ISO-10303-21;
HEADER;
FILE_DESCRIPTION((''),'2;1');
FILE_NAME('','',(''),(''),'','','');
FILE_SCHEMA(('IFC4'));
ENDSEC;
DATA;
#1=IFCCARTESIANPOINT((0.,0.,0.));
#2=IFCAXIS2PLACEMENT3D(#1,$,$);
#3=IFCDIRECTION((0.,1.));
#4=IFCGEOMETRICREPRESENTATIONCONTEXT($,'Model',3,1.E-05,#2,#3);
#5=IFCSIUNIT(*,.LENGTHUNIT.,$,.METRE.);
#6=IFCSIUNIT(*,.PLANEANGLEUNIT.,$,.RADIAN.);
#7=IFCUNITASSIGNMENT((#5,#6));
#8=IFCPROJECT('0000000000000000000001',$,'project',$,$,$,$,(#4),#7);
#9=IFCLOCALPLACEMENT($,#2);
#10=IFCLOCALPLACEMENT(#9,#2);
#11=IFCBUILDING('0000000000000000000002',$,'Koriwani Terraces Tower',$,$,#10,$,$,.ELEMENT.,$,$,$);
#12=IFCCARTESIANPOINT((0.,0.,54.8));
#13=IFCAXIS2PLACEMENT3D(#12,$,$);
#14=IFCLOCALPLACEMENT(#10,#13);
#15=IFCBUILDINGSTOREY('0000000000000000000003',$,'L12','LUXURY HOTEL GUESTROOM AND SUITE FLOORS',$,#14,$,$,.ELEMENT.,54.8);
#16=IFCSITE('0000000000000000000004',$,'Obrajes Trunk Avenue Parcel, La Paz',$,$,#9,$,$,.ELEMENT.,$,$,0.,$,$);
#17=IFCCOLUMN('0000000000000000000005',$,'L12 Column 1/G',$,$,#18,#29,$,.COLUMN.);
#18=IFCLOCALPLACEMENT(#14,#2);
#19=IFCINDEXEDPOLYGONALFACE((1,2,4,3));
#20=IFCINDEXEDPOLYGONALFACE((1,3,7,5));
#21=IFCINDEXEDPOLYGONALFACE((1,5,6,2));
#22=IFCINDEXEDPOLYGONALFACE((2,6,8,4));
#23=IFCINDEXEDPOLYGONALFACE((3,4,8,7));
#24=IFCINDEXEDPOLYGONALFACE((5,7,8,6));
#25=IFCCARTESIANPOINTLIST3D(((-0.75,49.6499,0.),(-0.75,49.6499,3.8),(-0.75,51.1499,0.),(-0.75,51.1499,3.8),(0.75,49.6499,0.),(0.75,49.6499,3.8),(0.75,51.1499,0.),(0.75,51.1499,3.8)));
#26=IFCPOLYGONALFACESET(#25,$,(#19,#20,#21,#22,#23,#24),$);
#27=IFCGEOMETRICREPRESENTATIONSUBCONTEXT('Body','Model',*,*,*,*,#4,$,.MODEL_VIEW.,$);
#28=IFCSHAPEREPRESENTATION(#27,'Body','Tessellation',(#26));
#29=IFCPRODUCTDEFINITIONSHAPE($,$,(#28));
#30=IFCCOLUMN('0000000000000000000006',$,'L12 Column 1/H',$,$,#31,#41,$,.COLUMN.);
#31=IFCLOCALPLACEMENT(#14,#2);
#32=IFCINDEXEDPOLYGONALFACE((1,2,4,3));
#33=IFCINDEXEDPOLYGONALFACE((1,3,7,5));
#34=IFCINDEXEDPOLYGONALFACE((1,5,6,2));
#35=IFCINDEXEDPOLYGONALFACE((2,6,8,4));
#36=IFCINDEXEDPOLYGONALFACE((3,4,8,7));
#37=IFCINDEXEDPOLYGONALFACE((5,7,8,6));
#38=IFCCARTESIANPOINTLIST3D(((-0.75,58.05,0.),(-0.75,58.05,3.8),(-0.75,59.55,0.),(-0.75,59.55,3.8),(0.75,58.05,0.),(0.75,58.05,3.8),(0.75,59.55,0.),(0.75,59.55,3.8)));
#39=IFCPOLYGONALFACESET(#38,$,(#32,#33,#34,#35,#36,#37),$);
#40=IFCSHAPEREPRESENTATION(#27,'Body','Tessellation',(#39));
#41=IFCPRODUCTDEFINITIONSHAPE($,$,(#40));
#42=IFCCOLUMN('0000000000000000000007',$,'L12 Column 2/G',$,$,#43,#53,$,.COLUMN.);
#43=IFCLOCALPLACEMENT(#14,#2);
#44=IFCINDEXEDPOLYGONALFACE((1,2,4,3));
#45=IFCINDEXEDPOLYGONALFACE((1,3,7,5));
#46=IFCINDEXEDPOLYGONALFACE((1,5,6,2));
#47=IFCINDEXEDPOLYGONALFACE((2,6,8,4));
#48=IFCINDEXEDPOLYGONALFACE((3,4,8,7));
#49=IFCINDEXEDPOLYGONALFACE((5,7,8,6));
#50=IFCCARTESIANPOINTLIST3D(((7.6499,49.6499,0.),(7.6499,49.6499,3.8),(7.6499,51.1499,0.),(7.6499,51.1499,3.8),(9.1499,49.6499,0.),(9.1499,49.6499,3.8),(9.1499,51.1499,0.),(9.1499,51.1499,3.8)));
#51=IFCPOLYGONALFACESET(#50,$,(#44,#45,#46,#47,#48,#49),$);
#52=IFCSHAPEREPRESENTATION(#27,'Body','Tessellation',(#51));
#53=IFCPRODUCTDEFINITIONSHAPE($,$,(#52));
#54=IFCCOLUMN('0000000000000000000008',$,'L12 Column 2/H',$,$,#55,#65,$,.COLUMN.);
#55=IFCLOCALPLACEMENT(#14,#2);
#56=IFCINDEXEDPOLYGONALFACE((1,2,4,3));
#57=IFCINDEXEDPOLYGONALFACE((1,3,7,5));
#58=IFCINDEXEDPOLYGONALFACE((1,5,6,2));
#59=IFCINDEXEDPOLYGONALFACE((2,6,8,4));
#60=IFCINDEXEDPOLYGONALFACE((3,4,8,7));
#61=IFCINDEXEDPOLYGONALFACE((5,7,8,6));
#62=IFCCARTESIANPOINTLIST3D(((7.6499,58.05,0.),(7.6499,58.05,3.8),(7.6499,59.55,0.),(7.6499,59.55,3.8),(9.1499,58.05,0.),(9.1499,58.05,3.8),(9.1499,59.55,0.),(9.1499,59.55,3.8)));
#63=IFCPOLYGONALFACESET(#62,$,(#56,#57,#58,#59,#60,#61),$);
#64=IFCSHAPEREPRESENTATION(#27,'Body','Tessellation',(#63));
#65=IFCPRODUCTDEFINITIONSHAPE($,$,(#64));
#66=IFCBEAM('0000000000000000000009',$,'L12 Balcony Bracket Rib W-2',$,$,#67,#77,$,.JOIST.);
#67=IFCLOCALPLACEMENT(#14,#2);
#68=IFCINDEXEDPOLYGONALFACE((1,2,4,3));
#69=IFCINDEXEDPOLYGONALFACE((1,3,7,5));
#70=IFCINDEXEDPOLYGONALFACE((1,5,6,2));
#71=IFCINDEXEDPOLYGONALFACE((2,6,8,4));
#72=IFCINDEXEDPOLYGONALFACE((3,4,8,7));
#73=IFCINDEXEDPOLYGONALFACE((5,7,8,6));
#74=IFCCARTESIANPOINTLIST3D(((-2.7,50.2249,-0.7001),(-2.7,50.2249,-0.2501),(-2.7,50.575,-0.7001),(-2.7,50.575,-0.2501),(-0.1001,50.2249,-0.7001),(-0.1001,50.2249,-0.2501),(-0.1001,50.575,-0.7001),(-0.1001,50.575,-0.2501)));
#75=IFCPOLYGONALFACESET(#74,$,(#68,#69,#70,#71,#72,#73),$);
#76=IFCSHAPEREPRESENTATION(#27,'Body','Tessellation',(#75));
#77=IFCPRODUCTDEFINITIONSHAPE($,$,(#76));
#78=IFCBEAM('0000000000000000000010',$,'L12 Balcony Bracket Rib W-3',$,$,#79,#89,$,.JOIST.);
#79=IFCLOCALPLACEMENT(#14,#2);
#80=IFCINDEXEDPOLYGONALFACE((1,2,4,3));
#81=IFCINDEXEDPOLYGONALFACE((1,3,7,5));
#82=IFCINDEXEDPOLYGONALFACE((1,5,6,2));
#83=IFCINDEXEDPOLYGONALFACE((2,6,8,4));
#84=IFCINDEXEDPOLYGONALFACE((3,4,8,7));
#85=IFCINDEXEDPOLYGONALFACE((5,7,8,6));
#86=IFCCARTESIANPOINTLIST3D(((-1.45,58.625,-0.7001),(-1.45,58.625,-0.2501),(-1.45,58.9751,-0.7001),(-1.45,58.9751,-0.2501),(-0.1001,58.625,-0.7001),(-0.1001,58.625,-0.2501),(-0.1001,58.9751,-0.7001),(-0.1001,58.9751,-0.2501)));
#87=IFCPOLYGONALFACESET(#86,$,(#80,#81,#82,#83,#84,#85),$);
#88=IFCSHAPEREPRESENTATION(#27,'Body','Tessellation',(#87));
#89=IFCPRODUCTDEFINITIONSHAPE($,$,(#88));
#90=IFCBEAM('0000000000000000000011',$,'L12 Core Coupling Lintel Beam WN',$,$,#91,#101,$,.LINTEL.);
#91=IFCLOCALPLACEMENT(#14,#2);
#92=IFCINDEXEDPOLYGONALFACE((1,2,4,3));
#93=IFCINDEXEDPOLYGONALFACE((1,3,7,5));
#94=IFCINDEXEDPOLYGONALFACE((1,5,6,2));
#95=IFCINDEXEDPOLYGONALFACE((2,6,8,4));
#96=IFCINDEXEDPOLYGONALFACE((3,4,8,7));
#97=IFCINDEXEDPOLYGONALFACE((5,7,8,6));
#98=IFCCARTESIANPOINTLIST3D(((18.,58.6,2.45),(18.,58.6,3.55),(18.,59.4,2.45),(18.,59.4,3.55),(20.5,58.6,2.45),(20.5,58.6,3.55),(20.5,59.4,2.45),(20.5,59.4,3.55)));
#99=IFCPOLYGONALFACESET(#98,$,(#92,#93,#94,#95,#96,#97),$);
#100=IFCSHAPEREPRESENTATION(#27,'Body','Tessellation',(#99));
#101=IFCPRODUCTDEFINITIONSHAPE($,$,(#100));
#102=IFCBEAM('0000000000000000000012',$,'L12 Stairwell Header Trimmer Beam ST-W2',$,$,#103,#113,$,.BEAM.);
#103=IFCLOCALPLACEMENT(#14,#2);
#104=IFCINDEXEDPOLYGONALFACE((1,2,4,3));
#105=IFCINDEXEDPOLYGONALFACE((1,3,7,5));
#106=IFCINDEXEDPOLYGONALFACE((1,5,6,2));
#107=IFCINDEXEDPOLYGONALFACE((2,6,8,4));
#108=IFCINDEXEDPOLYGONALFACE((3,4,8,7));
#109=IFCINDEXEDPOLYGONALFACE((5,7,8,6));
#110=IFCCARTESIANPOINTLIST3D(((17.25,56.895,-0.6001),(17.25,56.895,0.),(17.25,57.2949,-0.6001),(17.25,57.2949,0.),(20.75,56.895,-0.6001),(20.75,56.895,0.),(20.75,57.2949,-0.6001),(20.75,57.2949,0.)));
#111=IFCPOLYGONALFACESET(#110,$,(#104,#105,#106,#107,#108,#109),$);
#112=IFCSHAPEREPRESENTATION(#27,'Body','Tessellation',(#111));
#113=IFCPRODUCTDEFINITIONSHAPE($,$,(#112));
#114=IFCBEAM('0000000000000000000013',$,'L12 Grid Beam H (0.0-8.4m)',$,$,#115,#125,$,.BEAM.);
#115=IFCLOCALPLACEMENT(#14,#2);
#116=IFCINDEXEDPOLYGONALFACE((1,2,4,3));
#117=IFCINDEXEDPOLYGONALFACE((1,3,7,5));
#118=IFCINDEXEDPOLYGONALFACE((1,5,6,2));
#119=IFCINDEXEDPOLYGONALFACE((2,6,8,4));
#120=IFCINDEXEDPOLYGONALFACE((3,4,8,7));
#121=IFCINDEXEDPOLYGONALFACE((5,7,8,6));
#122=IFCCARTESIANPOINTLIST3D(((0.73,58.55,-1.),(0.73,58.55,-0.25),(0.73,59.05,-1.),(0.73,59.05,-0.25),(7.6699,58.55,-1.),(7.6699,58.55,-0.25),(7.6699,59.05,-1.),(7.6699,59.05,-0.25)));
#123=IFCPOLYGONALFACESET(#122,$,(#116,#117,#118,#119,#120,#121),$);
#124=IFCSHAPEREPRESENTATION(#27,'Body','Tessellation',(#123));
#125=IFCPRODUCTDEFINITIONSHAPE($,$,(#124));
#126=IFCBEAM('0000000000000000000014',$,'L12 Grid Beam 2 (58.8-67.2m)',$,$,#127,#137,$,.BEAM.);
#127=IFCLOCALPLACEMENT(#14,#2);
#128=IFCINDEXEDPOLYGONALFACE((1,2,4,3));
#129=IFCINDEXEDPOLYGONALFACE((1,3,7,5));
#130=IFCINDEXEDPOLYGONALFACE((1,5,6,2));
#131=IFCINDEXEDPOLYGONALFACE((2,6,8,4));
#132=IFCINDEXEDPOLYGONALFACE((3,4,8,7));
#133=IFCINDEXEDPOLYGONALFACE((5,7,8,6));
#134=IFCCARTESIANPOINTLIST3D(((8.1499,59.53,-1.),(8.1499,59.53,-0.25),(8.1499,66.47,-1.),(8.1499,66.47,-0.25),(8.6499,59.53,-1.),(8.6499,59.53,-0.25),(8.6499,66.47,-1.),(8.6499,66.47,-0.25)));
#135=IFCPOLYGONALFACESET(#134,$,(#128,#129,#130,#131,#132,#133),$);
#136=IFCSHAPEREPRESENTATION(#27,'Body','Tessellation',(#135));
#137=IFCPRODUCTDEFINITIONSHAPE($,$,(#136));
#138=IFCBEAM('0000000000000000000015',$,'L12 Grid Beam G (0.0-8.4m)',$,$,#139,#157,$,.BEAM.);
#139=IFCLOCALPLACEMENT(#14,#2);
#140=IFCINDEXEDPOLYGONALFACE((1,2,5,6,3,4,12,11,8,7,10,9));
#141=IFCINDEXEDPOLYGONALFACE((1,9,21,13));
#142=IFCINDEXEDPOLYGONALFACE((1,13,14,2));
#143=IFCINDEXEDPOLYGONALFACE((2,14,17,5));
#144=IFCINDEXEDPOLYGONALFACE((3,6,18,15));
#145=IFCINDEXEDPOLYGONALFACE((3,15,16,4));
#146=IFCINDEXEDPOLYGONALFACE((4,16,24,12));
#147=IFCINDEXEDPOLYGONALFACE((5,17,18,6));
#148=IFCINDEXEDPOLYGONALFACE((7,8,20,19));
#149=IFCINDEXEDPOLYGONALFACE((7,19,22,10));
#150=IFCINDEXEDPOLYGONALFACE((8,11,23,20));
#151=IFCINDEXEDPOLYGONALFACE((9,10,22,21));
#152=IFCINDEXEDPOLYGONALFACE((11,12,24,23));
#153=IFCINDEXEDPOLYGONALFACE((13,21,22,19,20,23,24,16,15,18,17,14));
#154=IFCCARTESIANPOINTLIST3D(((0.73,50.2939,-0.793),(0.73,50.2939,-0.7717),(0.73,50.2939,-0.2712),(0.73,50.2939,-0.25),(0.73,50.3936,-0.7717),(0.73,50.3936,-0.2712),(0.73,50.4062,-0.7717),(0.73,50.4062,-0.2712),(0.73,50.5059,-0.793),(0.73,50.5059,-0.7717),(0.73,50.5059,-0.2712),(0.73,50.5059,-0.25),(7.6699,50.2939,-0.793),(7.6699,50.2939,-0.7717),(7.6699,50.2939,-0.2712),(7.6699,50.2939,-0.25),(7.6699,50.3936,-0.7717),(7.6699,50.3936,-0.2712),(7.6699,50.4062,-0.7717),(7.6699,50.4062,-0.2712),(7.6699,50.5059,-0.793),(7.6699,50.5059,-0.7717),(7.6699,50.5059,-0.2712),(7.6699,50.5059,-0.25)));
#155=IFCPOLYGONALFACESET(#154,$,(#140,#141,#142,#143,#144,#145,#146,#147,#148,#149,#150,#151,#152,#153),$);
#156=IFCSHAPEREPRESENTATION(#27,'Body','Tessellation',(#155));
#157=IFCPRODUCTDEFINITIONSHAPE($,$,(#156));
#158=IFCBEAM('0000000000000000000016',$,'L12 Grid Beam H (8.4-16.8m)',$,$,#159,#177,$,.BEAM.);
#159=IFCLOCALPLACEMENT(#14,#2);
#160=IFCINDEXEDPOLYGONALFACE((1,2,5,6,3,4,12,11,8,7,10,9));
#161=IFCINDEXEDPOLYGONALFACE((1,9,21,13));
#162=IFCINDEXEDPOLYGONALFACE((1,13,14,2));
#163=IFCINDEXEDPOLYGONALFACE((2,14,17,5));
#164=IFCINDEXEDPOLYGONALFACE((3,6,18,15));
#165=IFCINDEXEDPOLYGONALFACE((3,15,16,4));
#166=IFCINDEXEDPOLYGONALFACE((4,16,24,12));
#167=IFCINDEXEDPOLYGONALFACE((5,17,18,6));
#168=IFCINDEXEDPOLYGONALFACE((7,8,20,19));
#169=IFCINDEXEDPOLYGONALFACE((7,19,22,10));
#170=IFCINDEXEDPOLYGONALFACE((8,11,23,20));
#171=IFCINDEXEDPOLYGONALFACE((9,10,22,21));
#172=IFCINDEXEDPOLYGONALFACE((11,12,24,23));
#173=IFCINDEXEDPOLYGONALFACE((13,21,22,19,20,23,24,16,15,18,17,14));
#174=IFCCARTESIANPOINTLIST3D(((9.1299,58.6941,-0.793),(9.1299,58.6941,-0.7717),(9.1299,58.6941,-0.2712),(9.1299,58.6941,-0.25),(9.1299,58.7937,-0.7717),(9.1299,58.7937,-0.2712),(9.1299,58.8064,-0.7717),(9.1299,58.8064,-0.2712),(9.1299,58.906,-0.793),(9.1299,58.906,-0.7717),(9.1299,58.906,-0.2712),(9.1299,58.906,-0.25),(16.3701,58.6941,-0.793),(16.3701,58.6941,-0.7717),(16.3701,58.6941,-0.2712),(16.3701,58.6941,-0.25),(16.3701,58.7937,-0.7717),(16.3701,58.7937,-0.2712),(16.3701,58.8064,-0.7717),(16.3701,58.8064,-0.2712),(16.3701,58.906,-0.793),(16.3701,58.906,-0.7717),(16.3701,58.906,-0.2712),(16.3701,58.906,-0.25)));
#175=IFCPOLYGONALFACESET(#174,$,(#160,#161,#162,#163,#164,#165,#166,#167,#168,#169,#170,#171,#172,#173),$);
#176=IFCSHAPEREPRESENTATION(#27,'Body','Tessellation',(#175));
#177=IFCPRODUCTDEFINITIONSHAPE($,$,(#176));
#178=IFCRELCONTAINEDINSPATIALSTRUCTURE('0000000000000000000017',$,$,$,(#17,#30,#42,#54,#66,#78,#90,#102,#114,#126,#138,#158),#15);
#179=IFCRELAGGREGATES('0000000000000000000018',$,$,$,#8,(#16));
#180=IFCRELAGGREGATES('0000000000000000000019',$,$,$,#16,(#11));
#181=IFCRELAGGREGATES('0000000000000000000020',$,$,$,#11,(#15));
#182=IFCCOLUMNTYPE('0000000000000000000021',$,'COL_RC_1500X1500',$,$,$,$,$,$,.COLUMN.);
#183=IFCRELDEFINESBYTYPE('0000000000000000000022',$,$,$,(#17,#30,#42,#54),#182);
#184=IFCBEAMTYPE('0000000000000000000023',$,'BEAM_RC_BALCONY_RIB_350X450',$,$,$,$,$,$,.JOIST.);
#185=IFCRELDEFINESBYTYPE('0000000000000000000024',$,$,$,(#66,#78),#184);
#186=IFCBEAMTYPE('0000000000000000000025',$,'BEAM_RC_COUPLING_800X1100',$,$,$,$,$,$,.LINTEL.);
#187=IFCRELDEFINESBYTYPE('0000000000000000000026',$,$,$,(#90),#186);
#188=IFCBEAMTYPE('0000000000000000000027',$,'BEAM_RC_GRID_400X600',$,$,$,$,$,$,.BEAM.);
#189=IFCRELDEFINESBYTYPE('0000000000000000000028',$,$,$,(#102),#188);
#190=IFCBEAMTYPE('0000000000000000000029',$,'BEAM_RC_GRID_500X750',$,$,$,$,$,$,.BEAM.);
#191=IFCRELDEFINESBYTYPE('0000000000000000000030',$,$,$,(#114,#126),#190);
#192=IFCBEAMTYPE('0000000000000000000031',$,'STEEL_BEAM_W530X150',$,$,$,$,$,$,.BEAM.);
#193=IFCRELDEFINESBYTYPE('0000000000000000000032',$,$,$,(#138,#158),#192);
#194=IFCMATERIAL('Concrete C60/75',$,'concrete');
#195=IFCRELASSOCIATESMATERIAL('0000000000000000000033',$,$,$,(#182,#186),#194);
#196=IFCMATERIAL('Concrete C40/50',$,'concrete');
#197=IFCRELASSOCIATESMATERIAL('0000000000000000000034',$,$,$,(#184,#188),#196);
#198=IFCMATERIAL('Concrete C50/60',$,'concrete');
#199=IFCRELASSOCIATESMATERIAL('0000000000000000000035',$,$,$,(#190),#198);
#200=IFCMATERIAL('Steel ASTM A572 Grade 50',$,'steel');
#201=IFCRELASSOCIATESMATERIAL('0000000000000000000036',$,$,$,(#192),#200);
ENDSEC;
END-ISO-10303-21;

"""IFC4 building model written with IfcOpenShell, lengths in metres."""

from ifc_helpers import new_model, si_unit, direction, frame, origin, origin_2d, place, context, subcontext, project, spatial, rectangle, i_section, extrude, material, material_profile, profile_set, type_object, element, save


model = new_model("IFC4")

# Units and contexts
model_context = context("Model", 3, precision=1e-05, world=origin(), true_north=direction((0.0, 1.0)))
body_context = subcontext(model_context, "Body", "Model", "MODEL_VIEW")
ifc_project = project(units=[si_unit("LENGTHUNIT", "METRE"), si_unit("PLANEANGLEUNIT", "RADIAN")], contexts=[model_context])

# Site, building, storey
site_placement = place(None, origin())
site = spatial("IfcSite", under=ifc_project, at=site_placement, Name="Obrajes Trunk Avenue Parcel, La Paz", CompositionType="ELEMENT", RefElevation=0.0)
building_placement = place(site_placement, origin())
building = spatial("IfcBuilding", under=site, at=building_placement, Name="Koriwani Terraces Tower", CompositionType="ELEMENT")
storey_placement = place(building_placement, frame((0.0, 0.0, 54.8)))
storey = spatial("IfcBuildingStorey", under=building, at=storey_placement, Name="L12", Description="LUXURY HOTEL GUESTROOM AND SUITE FLOORS", CompositionType="ELEMENT", Elevation=54.8)

# Columns
ifc_material_1 = material(Name="Concrete C60/75", Category="concrete")
ifc_material_profile_1 = material_profile(ifc_material_1, rectangle(XDim=1.5, YDim=1.5, at=origin_2d()), Name="Concrete C60/75", Category="LoadBearing")
ifc_profile_set_1 = profile_set([ifc_material_profile_1], Name="Concrete C60/75")
column_type = type_object("IfcColumnType", Name="COL_RC_1500X1500", PredefinedType="COLUMN", material=ifc_profile_set_1)
for number, where, z_axis, x_axis, name in (
    (1, (0.0, 50.3999, 0.0), (0.0, 0.0, 1.0), (1.0, 0.0, 0.0), "L12 Column 1/G"),
    (2, (0.0, 58.8, 0.0), (0.0, 0.0, 1.0), (1.0, 0.0, 0.0), "L12 Column 1/H"),
    (3, (8.3999, 50.3999, 0.0), (0.0, 0.0, 1.0), (1.0, 0.0, 0.0), "L12 Column 2/G"),
    (4, (8.3999, 58.8, 0.0), (0.0, 0.0, 1.0), (1.0, 0.0, 0.0), "L12 Column 2/H"),
):
    element("IfcColumn", number, at=place(storey_placement, frame(where, z_axis=z_axis, x_axis=x_axis)), inside=storey, type_object=column_type, Name=name, PredefinedType="COLUMN", context=body_context, shape_type="SweptSolid", body=[
        extrude(rectangle(XDim=1.5, YDim=1.5, at=origin_2d()), origin(), (0.0, 0.0, 1.0), 3.8),
    ])

# Beams
ifc_material_2 = material(Name="Concrete C40/50", Category="concrete")
ifc_material_profile_2 = material_profile(ifc_material_2, rectangle(XDim=0.3501, YDim=0.45, at=origin_2d()), Name="Concrete C40/50", Category="LoadBearing")
ifc_profile_set_2 = profile_set([ifc_material_profile_2], Name="Concrete C40/50")
beam_type_1 = type_object("IfcBeamType", Name="BEAM_RC_BALCONY_RIB_350X450", PredefinedType="JOIST", material=ifc_profile_set_2)
beam_1_placement = place(storey_placement, frame((-2.7, 50.3999, -0.4751), z_axis=(1.0, 0.0, 0.0), x_axis=(0.0, 1.0, 0.0)))
element("IfcBeam", 5, at=beam_1_placement, inside=storey, type_object=beam_type_1, Name="L12 Balcony Bracket Rib W-2", PredefinedType="JOIST", context=body_context, shape_type="SweptSolid", body=[
    extrude(rectangle(XDim=0.3501, YDim=0.45, at=origin_2d()), origin(), (0.0, 0.0, 1.0), 2.5999),
])
beam_2_placement = place(storey_placement, frame((-1.45, 58.8, -0.4751), z_axis=(1.0, 0.0, 0.0), x_axis=(0.0, 1.0, 0.0)))
element("IfcBeam", 6, at=beam_2_placement, inside=storey, type_object=beam_type_1, Name="L12 Balcony Bracket Rib W-3", PredefinedType="JOIST", context=body_context, shape_type="SweptSolid", body=[
    extrude(rectangle(XDim=0.3501, YDim=0.45, at=origin_2d()), origin(), (0.0, 0.0, 1.0), 1.3499),
])
ifc_material_profile_3 = material_profile(ifc_material_1, rectangle(XDim=0.8, YDim=1.1001, at=origin_2d()), Name="Concrete C60/75", Category="LoadBearing")
ifc_profile_set_3 = profile_set([ifc_material_profile_3], Name="Concrete C60/75")
beam_type_2 = type_object("IfcBeamType", Name="BEAM_RC_COUPLING_800X1100", PredefinedType="LINTEL", material=ifc_profile_set_3)
beam_3_placement = place(storey_placement, frame((18.0, 59.0, 3.0), z_axis=(1.0, 0.0, 0.0), x_axis=(0.0, 1.0, 0.0)))
element("IfcBeam", 7, at=beam_3_placement, inside=storey, type_object=beam_type_2, Name="L12 Core Coupling Lintel Beam WN", PredefinedType="LINTEL", context=body_context, shape_type="SweptSolid", body=[
    extrude(rectangle(XDim=0.8, YDim=1.1001, at=origin_2d()), origin(), (0.0, 0.0, 1.0), 2.5),
])
ifc_material_profile_4 = material_profile(ifc_material_2, rectangle(XDim=0.3999, YDim=0.6001, at=origin_2d()), Name="Concrete C40/50", Category="LoadBearing")
ifc_profile_set_4 = profile_set([ifc_material_profile_4], Name="Concrete C40/50")
beam_type_3 = type_object("IfcBeamType", Name="BEAM_RC_GRID_400X600", PredefinedType="BEAM", material=ifc_profile_set_4)
beam_4_placement = place(storey_placement, frame((17.25, 57.095, -0.3), z_axis=(1.0, 0.0, 0.0), x_axis=(0.0, 1.0, 0.0)))
element("IfcBeam", 8, at=beam_4_placement, inside=storey, type_object=beam_type_3, Name="L12 Stairwell Header Trimmer Beam ST-W2", PredefinedType="BEAM", context=body_context, shape_type="SweptSolid", body=[
    extrude(rectangle(XDim=0.3999, YDim=0.6001, at=origin_2d()), origin(), (0.0, 0.0, 1.0), 3.5),
])
ifc_material_3 = material(Name="Concrete C50/60", Category="concrete")
ifc_material_profile_5 = material_profile(ifc_material_3, rectangle(XDim=0.5, YDim=0.75, at=origin_2d()), Name="Concrete C50/60", Category="LoadBearing")
ifc_profile_set_5 = profile_set([ifc_material_profile_5], Name="Concrete C50/60")
beam_type_4 = type_object("IfcBeamType", Name="BEAM_RC_GRID_500X750", PredefinedType="BEAM", material=ifc_profile_set_5)
for number, where, z_axis, x_axis, name in (
    (9, (0.73, 58.8, -0.625), (1.0, 0.0, 0.0), (0.0, 1.0, 0.0), "L12 Grid Beam H (0.0-8.4m)"),
    (10, (8.3999, 59.53, -0.625), (0.0, 1.0, 0.0), (-1.0, 0.0, 0.0), "L12 Grid Beam 2 (58.8-67.2m)"),
):
    element("IfcBeam", number, at=place(storey_placement, frame(where, z_axis=z_axis, x_axis=x_axis)), inside=storey, type_object=beam_type_4, Name=name, PredefinedType="BEAM", context=body_context, shape_type="SweptSolid", body=[
        extrude(rectangle(XDim=0.5, YDim=0.75, at=origin_2d()), origin(), (0.0, 0.0, 1.0), 6.9399),
    ])
ifc_material_4 = material(Name="Steel ASTM A572 Grade 50", Category="steel")
ifc_material_profile_6 = material_profile(ifc_material_4, i_section(OverallWidth=0.2119, OverallDepth=0.543, WebThickness=0.0127, FlangeThickness=0.0212, at=origin_2d()), Name="Steel ASTM A572 Grade 50", Category="LoadBearing")
ifc_profile_set_6 = profile_set([ifc_material_profile_6], Name="Steel ASTM A572 Grade 50")
beam_type_5 = type_object("IfcBeamType", Name="STEEL_BEAM_W530X150", PredefinedType="BEAM", material=ifc_profile_set_6)
beam_5_placement = place(storey_placement, frame((0.73, 50.3999, -0.5215), z_axis=(1.0, 0.0, 0.0), x_axis=(0.0, 1.0, 0.0)))
element("IfcBeam", 11, at=beam_5_placement, inside=storey, type_object=beam_type_5, Name="L12 Grid Beam G (0.0-8.4m)", PredefinedType="BEAM", context=body_context, shape_type="SweptSolid", body=[
    extrude(i_section(OverallWidth=0.2119, OverallDepth=0.543, WebThickness=0.0127, FlangeThickness=0.0212, at=origin_2d()), origin(), (0.0, 0.0, 1.0), 6.9399),
])
beam_6_placement = place(storey_placement, frame((9.1299, 58.8, -0.5215), z_axis=(1.0, 0.0, 0.0), x_axis=(0.0, 1.0, 0.0)))
element("IfcBeam", 12, at=beam_6_placement, inside=storey, type_object=beam_type_5, Name="L12 Grid Beam H (8.4-16.8m)", PredefinedType="BEAM", context=body_context, shape_type="SweptSolid", body=[
    extrude(i_section(OverallWidth=0.2119, OverallDepth=0.543, WebThickness=0.0127, FlangeThickness=0.0212, at=origin_2d()), origin(), (0.0, 0.0, 1.0), 7.2402),
])

save(model, "model.ifc")
